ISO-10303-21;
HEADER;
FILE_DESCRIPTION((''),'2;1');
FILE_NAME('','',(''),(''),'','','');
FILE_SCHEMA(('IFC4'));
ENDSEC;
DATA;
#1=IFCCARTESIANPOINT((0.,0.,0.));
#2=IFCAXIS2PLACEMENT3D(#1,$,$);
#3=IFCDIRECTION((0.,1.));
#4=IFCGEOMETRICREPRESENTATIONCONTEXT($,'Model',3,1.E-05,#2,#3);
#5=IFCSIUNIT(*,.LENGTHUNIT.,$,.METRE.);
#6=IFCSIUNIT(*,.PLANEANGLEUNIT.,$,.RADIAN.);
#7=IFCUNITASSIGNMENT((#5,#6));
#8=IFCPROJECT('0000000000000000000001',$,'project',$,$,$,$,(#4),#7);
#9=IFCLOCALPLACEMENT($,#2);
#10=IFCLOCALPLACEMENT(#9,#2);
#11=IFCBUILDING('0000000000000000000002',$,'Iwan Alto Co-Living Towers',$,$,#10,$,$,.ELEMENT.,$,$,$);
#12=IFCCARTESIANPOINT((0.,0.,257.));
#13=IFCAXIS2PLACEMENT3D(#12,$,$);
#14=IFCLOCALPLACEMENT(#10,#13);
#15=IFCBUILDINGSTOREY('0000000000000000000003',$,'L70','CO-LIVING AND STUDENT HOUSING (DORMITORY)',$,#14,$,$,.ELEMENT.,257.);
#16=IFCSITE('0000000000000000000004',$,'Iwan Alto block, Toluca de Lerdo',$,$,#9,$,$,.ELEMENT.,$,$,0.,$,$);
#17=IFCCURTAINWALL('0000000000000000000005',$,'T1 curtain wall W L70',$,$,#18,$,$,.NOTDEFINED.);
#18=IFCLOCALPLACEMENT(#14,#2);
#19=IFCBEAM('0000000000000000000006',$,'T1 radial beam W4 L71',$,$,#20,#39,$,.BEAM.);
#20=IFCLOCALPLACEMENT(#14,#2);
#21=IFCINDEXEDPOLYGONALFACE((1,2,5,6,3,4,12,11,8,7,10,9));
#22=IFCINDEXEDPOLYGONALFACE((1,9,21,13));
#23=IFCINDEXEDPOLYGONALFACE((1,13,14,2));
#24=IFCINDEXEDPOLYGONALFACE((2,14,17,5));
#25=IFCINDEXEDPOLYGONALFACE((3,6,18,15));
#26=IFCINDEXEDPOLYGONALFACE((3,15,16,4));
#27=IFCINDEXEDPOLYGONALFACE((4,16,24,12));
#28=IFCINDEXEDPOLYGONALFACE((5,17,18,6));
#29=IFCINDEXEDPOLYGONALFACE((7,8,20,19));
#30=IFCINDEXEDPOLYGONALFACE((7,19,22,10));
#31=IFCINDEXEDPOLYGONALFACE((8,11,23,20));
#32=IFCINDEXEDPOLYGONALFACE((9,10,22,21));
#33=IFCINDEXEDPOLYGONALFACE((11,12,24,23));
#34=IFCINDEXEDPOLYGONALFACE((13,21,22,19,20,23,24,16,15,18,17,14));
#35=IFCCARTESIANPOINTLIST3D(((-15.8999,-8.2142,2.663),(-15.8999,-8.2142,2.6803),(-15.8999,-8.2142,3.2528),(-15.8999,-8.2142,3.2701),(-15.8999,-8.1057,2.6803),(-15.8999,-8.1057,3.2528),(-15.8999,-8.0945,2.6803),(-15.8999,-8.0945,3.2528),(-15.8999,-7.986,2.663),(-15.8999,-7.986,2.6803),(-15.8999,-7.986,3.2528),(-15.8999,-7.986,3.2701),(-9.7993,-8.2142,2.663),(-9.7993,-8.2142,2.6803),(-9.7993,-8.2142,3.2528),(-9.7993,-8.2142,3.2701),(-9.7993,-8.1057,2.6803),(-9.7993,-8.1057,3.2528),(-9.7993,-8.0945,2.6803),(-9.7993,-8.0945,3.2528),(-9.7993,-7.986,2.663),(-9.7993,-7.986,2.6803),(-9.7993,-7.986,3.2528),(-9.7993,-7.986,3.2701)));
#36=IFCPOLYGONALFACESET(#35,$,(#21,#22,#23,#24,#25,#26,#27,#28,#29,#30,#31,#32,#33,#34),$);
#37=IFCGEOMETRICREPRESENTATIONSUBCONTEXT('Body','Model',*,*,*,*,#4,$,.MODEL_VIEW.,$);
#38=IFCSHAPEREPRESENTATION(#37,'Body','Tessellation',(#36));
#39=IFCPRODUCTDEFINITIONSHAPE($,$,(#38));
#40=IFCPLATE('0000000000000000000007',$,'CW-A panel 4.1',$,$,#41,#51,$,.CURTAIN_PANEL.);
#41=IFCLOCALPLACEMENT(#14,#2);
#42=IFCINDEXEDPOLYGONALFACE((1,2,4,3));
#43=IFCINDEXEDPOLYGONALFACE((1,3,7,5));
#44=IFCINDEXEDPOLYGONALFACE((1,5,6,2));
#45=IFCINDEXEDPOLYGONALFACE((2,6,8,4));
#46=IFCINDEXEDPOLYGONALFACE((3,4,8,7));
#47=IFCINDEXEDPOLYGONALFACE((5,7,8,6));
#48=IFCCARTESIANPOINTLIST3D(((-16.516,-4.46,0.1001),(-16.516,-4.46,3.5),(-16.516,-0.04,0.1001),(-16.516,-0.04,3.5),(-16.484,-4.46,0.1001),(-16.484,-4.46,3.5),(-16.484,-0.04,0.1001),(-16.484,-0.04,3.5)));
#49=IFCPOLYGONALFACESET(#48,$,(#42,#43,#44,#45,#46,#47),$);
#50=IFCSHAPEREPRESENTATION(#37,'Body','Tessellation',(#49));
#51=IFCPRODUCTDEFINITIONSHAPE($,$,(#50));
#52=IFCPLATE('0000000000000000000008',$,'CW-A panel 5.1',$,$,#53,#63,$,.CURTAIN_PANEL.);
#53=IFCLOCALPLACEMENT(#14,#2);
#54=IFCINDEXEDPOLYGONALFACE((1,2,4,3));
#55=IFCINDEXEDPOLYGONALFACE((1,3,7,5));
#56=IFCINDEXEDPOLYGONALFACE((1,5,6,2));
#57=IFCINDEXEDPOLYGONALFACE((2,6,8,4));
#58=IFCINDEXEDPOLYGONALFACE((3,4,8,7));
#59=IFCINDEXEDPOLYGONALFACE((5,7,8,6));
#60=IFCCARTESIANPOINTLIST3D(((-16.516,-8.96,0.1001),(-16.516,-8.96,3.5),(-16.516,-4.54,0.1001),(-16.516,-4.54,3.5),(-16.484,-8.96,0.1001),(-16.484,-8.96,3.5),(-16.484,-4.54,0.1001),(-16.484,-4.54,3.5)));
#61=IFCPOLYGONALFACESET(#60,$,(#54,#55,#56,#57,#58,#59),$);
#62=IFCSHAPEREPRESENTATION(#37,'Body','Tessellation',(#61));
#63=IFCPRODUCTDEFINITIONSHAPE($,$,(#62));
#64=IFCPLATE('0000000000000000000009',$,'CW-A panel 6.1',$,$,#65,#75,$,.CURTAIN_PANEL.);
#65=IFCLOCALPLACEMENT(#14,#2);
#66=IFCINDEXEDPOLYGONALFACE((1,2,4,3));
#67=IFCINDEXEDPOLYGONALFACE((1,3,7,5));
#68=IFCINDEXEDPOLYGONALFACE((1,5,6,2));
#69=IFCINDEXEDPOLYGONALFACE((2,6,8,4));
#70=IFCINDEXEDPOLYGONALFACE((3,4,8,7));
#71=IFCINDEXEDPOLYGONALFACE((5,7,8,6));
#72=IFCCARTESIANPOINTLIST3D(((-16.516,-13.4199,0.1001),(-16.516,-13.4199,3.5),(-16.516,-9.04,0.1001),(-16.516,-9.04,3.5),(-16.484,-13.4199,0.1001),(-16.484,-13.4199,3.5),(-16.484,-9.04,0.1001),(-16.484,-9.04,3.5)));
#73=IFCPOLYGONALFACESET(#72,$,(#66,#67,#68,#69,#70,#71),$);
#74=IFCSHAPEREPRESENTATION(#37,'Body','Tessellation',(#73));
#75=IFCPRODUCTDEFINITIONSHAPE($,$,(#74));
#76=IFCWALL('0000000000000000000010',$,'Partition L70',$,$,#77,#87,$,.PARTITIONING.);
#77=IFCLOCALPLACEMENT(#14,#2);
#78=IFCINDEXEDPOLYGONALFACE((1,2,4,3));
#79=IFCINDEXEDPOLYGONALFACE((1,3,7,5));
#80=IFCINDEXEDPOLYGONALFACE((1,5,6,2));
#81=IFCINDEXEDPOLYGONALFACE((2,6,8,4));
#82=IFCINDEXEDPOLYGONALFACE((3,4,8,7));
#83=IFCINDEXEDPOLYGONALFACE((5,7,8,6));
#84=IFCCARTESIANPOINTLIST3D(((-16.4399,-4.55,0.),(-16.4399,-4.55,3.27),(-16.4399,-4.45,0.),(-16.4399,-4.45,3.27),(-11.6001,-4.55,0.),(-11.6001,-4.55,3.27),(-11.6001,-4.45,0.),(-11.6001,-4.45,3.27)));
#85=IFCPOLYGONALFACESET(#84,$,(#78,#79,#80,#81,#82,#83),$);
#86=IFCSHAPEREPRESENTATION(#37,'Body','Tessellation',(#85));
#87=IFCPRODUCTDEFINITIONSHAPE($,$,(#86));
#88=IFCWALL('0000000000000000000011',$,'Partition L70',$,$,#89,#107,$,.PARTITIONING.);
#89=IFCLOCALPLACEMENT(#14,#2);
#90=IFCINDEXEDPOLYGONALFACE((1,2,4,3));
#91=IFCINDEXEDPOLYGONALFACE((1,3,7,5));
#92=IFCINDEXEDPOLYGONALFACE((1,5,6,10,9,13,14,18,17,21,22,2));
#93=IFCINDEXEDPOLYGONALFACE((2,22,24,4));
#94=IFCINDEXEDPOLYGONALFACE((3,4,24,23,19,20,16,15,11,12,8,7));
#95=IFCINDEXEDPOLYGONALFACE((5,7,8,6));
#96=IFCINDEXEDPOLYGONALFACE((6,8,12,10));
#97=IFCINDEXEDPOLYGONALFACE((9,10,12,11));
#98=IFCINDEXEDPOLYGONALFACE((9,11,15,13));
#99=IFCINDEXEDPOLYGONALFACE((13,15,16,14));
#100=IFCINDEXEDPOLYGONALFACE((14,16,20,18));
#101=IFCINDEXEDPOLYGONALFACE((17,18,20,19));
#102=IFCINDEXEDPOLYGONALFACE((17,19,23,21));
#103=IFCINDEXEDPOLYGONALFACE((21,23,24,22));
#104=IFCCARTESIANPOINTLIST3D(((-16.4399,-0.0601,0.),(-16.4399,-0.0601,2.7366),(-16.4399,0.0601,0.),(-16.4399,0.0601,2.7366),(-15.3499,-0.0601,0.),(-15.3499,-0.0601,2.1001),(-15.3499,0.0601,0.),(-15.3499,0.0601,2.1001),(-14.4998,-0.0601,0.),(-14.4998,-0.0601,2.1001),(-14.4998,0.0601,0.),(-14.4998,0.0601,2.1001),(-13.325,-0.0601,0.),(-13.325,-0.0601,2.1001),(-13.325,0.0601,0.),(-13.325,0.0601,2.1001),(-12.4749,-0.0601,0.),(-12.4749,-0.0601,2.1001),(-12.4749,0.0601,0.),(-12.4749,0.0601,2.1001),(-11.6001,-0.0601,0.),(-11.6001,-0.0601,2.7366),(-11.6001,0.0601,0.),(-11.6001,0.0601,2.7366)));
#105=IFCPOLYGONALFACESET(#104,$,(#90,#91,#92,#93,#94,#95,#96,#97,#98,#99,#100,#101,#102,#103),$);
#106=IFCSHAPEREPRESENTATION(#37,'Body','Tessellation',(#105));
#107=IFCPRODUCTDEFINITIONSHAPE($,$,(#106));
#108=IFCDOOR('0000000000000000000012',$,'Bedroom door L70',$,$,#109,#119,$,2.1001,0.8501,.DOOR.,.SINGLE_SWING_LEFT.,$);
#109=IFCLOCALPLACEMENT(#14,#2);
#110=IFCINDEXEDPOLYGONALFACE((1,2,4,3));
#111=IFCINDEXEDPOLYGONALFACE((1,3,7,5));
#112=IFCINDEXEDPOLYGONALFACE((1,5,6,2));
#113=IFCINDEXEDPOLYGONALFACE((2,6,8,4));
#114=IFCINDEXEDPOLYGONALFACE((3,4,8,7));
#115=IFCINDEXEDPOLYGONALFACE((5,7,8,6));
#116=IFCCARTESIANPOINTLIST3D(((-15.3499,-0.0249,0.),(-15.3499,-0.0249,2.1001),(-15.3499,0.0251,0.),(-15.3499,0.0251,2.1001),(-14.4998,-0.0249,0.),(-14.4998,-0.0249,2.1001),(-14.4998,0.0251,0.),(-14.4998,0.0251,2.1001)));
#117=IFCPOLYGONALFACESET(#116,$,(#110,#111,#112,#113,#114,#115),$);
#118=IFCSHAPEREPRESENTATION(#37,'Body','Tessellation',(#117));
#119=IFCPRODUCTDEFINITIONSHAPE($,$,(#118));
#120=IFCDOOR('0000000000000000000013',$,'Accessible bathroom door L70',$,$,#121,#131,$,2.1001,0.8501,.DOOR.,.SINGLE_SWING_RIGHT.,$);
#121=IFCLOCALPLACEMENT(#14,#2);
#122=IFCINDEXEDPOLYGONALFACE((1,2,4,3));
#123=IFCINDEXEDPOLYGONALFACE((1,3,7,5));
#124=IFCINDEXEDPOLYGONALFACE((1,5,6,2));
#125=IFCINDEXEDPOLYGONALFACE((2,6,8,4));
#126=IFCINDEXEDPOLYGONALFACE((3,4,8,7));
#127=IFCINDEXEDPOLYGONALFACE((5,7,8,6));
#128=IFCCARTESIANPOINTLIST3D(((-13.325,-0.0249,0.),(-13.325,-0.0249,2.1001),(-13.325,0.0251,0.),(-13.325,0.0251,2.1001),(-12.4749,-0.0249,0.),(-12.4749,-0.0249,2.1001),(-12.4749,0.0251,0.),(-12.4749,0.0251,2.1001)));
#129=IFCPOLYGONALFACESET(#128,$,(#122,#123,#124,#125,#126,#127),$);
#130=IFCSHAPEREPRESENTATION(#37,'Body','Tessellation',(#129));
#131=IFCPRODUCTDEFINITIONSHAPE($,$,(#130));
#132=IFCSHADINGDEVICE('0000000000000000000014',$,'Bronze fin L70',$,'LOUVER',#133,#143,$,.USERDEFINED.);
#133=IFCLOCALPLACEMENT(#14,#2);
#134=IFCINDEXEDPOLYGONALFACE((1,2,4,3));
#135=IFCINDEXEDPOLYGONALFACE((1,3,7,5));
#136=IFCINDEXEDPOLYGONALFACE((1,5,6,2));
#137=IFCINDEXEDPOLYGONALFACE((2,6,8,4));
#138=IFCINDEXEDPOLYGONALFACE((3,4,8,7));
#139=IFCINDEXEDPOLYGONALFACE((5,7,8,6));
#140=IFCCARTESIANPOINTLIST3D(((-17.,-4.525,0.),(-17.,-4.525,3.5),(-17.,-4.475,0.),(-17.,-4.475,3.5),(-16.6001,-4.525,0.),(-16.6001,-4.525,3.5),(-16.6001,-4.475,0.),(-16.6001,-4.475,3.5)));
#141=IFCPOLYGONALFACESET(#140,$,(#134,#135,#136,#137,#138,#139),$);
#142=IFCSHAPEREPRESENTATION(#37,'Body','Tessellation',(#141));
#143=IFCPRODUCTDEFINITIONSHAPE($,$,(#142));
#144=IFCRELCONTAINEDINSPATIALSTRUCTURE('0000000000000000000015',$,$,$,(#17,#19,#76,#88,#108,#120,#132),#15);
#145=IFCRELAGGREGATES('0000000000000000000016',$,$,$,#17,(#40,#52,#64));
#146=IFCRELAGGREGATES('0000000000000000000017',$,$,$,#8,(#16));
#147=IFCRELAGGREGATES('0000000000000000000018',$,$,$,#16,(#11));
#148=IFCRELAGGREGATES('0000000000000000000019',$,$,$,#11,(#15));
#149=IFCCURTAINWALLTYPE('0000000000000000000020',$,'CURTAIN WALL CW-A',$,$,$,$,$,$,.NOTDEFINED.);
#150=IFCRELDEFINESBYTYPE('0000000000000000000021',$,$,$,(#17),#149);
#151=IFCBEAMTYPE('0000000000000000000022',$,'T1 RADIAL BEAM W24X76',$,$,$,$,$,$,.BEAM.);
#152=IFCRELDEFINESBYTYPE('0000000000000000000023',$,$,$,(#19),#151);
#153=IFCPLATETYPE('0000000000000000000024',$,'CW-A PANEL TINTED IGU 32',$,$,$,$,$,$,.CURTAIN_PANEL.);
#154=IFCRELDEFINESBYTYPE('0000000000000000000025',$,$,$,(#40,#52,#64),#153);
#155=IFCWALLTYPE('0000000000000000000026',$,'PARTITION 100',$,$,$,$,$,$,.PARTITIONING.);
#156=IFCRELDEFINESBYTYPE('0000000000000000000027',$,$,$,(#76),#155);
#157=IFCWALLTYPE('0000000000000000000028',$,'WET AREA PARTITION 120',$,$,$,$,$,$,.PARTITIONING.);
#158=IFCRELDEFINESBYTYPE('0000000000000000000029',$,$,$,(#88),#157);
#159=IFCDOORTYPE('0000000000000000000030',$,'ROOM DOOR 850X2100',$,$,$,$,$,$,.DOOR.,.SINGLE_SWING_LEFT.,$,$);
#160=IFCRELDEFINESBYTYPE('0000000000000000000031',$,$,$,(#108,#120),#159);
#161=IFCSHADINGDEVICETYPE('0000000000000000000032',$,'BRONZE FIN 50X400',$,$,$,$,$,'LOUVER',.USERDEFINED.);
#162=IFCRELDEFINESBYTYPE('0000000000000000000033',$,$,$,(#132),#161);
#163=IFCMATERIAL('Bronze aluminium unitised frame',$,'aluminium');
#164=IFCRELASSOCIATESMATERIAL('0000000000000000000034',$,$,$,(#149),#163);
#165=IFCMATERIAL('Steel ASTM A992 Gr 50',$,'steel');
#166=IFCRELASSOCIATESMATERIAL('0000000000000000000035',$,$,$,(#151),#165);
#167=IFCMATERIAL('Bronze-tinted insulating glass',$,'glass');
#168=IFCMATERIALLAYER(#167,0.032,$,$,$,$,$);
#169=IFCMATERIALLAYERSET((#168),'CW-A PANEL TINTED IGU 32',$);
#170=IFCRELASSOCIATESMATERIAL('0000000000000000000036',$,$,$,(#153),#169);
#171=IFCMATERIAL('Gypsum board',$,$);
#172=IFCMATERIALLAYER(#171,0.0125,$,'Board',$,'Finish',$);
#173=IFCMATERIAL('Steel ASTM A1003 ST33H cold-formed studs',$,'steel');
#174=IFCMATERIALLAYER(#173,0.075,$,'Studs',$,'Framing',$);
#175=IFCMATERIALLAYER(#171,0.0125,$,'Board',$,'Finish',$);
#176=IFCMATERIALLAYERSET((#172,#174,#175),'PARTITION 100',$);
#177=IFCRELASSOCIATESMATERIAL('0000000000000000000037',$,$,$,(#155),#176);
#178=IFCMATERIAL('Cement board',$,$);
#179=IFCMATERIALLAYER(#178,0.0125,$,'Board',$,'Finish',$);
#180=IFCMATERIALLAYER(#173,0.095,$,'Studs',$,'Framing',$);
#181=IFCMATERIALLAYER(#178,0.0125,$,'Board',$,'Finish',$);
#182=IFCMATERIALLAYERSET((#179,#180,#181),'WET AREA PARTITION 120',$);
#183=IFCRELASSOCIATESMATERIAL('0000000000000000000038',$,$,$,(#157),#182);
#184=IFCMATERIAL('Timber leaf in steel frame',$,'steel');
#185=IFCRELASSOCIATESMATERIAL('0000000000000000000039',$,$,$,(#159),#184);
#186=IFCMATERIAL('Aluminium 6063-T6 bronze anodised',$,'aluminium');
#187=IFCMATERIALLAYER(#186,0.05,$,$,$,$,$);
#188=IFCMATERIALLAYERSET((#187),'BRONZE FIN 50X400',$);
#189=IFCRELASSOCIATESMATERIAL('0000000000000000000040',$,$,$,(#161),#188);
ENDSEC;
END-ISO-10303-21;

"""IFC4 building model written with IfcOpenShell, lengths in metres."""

from ifc_helpers import new_model, si_unit, direction, frame, frame_2d, origin, origin_2d, place, context, subcontext, project, spatial, rectangle, i_section, extrude, material, layer, layer_set, material_profile, profile_set, type_object, element, fill, aggregate, save


model = new_model("IFC4")

# Units and contexts
model_context = context("Model", 3, precision=1e-05, world=origin(), true_north=direction((0.0, 1.0)))
body_context = subcontext(model_context, "Body", "Model", "MODEL_VIEW")
ifc_project = project(units=[si_unit("LENGTHUNIT", "METRE"), si_unit("PLANEANGLEUNIT", "RADIAN")], contexts=[model_context])

# Site, building, storey
site_placement = place(None, origin())
site = spatial("IfcSite", under=ifc_project, at=site_placement, Name="Iwan Alto block, Toluca de Lerdo", CompositionType="ELEMENT", RefElevation=0.0)
building_placement = place(site_placement, origin())
building = spatial("IfcBuilding", under=site, at=building_placement, Name="Iwan Alto Co-Living Towers", CompositionType="ELEMENT")
storey_placement = place(building_placement, frame((0.0, 0.0, 257.0)))
storey = spatial("IfcBuildingStorey", under=building, at=storey_placement, Name="L70", Description="CO-LIVING AND STUDENT HOUSING (DORMITORY)", CompositionType="ELEMENT", Elevation=257.0)

# Curtain wall
ifc_material_1 = material(Name="Bronze aluminium unitised frame", Category="aluminium")
curtain_wall_type_1 = type_object("IfcCurtainWallType", Name="CURTAIN WALL CW-A", PredefinedType="NOTDEFINED", material=ifc_material_1)
curtain_wall_1_placement = place(storey_placement, origin())
curtain_wall_1 = element("IfcCurtainWall", 1, at=curtain_wall_1_placement, inside=storey, type_object=curtain_wall_type_1, Name="T1 curtain wall W L70", PredefinedType="NOTDEFINED")

# Beam
ifc_material_2 = material(Name="Steel ASTM A992 Gr 50", Category="steel")
ifc_material_profile_1 = material_profile(ifc_material_2, i_section(OverallWidth=0.2283, OverallDepth=0.6072, WebThickness=0.0112, FlangeThickness=0.0173, at=origin_2d()), Name="W24X76")
ifc_profile_set_1 = profile_set([ifc_material_profile_1], Name="Steel ASTM A992 Gr 50")
beam_type_1 = type_object("IfcBeamType", Name="T1 RADIAL BEAM W24X76", PredefinedType="BEAM", material=ifc_profile_set_1)
beam_1_placement = place(storey_placement, frame((-15.8999, -8.1001, 2.9666), z_axis=(1.0, 0.0, 0.0), x_axis=(0.0, 1.0, 0.0)))
element("IfcBeam", 2, at=beam_1_placement, inside=storey, type_object=beam_type_1, Name="T1 radial beam W4 L71", PredefinedType="BEAM", context=body_context, shape_type="SweptSolid", body=[
    extrude(i_section(OverallWidth=0.2283, OverallDepth=0.6072, WebThickness=0.0112, FlangeThickness=0.0173, at=origin_2d()), origin(), (0.0, 0.0, 1.0), 6.1006),
])

# Plates
ifc_material_3 = material(Name="Bronze-tinted insulating glass", Category="glass")
ifc_layer_1 = layer(ifc_material_3, 0.032)
ifc_layer_set_1 = layer_set([ifc_layer_1], Name="CW-A PANEL TINTED IGU 32")
plate_type = type_object("IfcPlateType", Name="CW-A PANEL TINTED IGU 32", PredefinedType="CURTAIN_PANEL", material=ifc_layer_set_1)
plate_1_placement = place(storey_placement, frame((-16.5, -2.25, 0.1001), z_axis=(0.0, 0.0, 1.0), x_axis=(0.0, -1.0, 0.0)))
plate_1 = element("IfcPlate", 3, at=plate_1_placement, type_object=plate_type, Name="CW-A panel 4.1", PredefinedType="CURTAIN_PANEL", context=body_context, shape_type="SweptSolid", body=[
    extrude(rectangle(XDim=4.4199, YDim=0.032, at=origin_2d()), origin(), (0.0, 0.0, 1.0), 3.3999),
])
plate_2_placement = place(storey_placement, frame((-16.5, -6.75, 0.1001), z_axis=(0.0, 0.0, 1.0), x_axis=(0.0, -1.0, 0.0)))
plate_2 = element("IfcPlate", 4, at=plate_2_placement, type_object=plate_type, Name="CW-A panel 5.1", PredefinedType="CURTAIN_PANEL", context=body_context, shape_type="SweptSolid", body=[
    extrude(rectangle(XDim=4.4199, YDim=0.032, at=origin_2d()), origin(), (0.0, 0.0, 1.0), 3.3999),
])
plate_3_placement = place(storey_placement, frame((-16.5, -11.23, 0.1001), z_axis=(0.0, 0.0, 1.0), x_axis=(0.0, -1.0, 0.0)))
plate_3 = element("IfcPlate", 5, at=plate_3_placement, type_object=plate_type, Name="CW-A panel 6.1", PredefinedType="CURTAIN_PANEL", context=body_context, shape_type="SweptSolid", body=[
    extrude(rectangle(XDim=4.3799, YDim=0.032, at=origin_2d()), origin(), (0.0, 0.0, 1.0), 3.3999),
])
aggregate(curtain_wall_1, [plate_1, plate_2, plate_3])

# Wall
ifc_material_4 = material(Name="Gypsum board")
ifc_layer_2 = layer(ifc_material_4, 0.0125, Name="Board", Category="Finish")
ifc_material_5 = material(Name="Steel ASTM A1003 ST33H cold-formed studs", Category="steel")
ifc_layer_3 = layer(ifc_material_5, 0.075, Name="Studs", Category="Framing")
ifc_layer_4 = layer(ifc_material_4, 0.0125, Name="Board", Category="Finish")
ifc_layer_set_2 = layer_set([ifc_layer_2, ifc_layer_3, ifc_layer_4], Name="PARTITION 100")
wall_type_1 = type_object("IfcWallType", Name="PARTITION 100", PredefinedType="PARTITIONING", material=ifc_layer_set_2)
wall_1_placement = place(storey_placement, frame((-16.4399, -4.5, 0.0), z_axis=(0.0, 0.0, 1.0), x_axis=(1.0, 0.0, 0.0)))
element("IfcWall", 6, at=wall_1_placement, inside=storey, type_object=wall_type_1, Name="Partition L70", PredefinedType="PARTITIONING", context=body_context, shape_type="SweptSolid", body=[
    extrude(rectangle(XDim=4.8398, YDim=0.1001, at=frame_2d((2.4199, 0.0))), origin(), (0.0, 0.0, 1.0), 3.27),
])

# Wall, openings, doors
ifc_material_6 = material(Name="Cement board")
ifc_layer_5 = layer(ifc_material_6, 0.0125, Name="Board", Category="Finish")
ifc_layer_6 = layer(ifc_material_5, 0.095, Name="Studs", Category="Framing")
ifc_layer_7 = layer(ifc_material_6, 0.0125, Name="Board", Category="Finish")
ifc_layer_set_3 = layer_set([ifc_layer_5, ifc_layer_6, ifc_layer_7], Name="WET AREA PARTITION 120")
wall_type_2 = type_object("IfcWallType", Name="WET AREA PARTITION 120", PredefinedType="PARTITIONING", material=ifc_layer_set_3)
wall_2_placement = place(storey_placement, frame((-16.4399, 0.0, 0.0), z_axis=(0.0, 0.0, 1.0), x_axis=(1.0, 0.0, 0.0)))
wall_2 = element("IfcWall", 7, at=wall_2_placement, inside=storey, type_object=wall_type_2, Name="Partition L70", PredefinedType="PARTITIONING", context=body_context, shape_type="SweptSolid", body=[
    extrude(rectangle(XDim=4.8398, YDim=0.1201, at=frame_2d((2.4199, 0.0))), origin(), (0.0, 0.0, 1.0), 2.7366),
])
opening_1_placement = place(wall_2_placement, frame((1.0901, 0.0, 0.0)))
opening_1 = element("IfcOpeningElement", 8, at=opening_1_placement, cuts=wall_2, PredefinedType="OPENING", context=body_context, shape_type="SweptSolid", body=[
    extrude(rectangle(XDim=0.8501, YDim=2.1001, at=frame_2d((0.425, 1.05))), frame((0.0, 0.0701, 0.0), z_axis=(0.0, -1.0, 0.0), x_axis=(1.0, 0.0, 0.0)), (0.0, 0.0, 1.0), 0.1401),
])
opening_2_placement = place(wall_2_placement, frame((3.115, 0.0, 0.0)))
opening_2 = element("IfcOpeningElement", 9, at=opening_2_placement, cuts=wall_2, PredefinedType="OPENING", context=body_context, shape_type="SweptSolid", body=[
    extrude(rectangle(XDim=0.8501, YDim=2.1001, at=frame_2d((0.425, 1.05))), frame((0.0, 0.0701, 0.0), z_axis=(0.0, -1.0, 0.0), x_axis=(1.0, 0.0, 0.0)), (0.0, 0.0, 1.0), 0.1401),
])
ifc_material_7 = material(Name="Timber leaf in steel frame", Category="steel")
door_type = type_object("IfcDoorType", Name="ROOM DOOR 850X2100", OperationType="SINGLE_SWING_LEFT", PredefinedType="DOOR", material=ifc_material_7)
door_1_placement = place(opening_1_placement, frame((0.8501, 0.0, 0.0), z_axis=(0.0, 0.0, 1.0), x_axis=(-1.0, 0.0, 0.0)))
door_1 = element("IfcDoor", 10, at=door_1_placement, inside=storey, type_object=door_type, Name="Bedroom door L70", OperationType="SINGLE_SWING_LEFT", OverallHeight=2.1001, OverallWidth=0.8501, PredefinedType="DOOR", context=body_context, shape_type="SweptSolid", body=[
    extrude(rectangle(XDim=0.8501, YDim=2.1001, at=frame_2d((0.425, 1.05))), frame((0.0, 0.0249, 0.0), z_axis=(0.0, -1.0, 0.0), x_axis=(1.0, 0.0, 0.0)), (0.0, 0.0, 1.0), 0.05),
])
fill(opening_1, door_1)
door_2_placement = place(opening_2_placement, frame((0.8501, 0.0, 0.0), z_axis=(0.0, 0.0, 1.0), x_axis=(-1.0, 0.0, 0.0)))
door_2 = element("IfcDoor", 11, at=door_2_placement, inside=storey, type_object=door_type, Name="Accessible bathroom door L70", OperationType="SINGLE_SWING_RIGHT", OverallHeight=2.1001, OverallWidth=0.8501, PredefinedType="DOOR", context=body_context, shape_type="SweptSolid", body=[
    extrude(rectangle(XDim=0.8501, YDim=2.1001, at=frame_2d((0.425, 1.05))), frame((0.0, 0.0249, 0.0), z_axis=(0.0, -1.0, 0.0), x_axis=(1.0, 0.0, 0.0)), (0.0, 0.0, 1.0), 0.05),
])
fill(opening_2, door_2)

# Shading device
ifc_material_8 = material(Name="Aluminium 6063-T6 bronze anodised", Category="aluminium")
ifc_layer_8 = layer(ifc_material_8, 0.05)
ifc_layer_set_4 = layer_set([ifc_layer_8], Name="BRONZE FIN 50X400")
shading_device_type = type_object("IfcShadingDeviceType", Name="BRONZE FIN 50X400", ElementType="LOUVER", PredefinedType="USERDEFINED", material=ifc_layer_set_4)
shading_device_placement = place(storey_placement, frame((-16.8, -4.5, 0.0), z_axis=(0.0, 0.0, 1.0), x_axis=(0.0, -1.0, 0.0)))
element("IfcShadingDevice", 12, at=shading_device_placement, inside=storey, type_object=shading_device_type, Name="Bronze fin L70", ObjectType="LOUVER", PredefinedType="USERDEFINED", context=body_context, shape_type="SweptSolid", body=[
    extrude(rectangle(XDim=0.05, YDim=0.3999, at=origin_2d()), origin(), (0.0, 0.0, 1.0), 3.5),
])

save(model, "model.ifc")
